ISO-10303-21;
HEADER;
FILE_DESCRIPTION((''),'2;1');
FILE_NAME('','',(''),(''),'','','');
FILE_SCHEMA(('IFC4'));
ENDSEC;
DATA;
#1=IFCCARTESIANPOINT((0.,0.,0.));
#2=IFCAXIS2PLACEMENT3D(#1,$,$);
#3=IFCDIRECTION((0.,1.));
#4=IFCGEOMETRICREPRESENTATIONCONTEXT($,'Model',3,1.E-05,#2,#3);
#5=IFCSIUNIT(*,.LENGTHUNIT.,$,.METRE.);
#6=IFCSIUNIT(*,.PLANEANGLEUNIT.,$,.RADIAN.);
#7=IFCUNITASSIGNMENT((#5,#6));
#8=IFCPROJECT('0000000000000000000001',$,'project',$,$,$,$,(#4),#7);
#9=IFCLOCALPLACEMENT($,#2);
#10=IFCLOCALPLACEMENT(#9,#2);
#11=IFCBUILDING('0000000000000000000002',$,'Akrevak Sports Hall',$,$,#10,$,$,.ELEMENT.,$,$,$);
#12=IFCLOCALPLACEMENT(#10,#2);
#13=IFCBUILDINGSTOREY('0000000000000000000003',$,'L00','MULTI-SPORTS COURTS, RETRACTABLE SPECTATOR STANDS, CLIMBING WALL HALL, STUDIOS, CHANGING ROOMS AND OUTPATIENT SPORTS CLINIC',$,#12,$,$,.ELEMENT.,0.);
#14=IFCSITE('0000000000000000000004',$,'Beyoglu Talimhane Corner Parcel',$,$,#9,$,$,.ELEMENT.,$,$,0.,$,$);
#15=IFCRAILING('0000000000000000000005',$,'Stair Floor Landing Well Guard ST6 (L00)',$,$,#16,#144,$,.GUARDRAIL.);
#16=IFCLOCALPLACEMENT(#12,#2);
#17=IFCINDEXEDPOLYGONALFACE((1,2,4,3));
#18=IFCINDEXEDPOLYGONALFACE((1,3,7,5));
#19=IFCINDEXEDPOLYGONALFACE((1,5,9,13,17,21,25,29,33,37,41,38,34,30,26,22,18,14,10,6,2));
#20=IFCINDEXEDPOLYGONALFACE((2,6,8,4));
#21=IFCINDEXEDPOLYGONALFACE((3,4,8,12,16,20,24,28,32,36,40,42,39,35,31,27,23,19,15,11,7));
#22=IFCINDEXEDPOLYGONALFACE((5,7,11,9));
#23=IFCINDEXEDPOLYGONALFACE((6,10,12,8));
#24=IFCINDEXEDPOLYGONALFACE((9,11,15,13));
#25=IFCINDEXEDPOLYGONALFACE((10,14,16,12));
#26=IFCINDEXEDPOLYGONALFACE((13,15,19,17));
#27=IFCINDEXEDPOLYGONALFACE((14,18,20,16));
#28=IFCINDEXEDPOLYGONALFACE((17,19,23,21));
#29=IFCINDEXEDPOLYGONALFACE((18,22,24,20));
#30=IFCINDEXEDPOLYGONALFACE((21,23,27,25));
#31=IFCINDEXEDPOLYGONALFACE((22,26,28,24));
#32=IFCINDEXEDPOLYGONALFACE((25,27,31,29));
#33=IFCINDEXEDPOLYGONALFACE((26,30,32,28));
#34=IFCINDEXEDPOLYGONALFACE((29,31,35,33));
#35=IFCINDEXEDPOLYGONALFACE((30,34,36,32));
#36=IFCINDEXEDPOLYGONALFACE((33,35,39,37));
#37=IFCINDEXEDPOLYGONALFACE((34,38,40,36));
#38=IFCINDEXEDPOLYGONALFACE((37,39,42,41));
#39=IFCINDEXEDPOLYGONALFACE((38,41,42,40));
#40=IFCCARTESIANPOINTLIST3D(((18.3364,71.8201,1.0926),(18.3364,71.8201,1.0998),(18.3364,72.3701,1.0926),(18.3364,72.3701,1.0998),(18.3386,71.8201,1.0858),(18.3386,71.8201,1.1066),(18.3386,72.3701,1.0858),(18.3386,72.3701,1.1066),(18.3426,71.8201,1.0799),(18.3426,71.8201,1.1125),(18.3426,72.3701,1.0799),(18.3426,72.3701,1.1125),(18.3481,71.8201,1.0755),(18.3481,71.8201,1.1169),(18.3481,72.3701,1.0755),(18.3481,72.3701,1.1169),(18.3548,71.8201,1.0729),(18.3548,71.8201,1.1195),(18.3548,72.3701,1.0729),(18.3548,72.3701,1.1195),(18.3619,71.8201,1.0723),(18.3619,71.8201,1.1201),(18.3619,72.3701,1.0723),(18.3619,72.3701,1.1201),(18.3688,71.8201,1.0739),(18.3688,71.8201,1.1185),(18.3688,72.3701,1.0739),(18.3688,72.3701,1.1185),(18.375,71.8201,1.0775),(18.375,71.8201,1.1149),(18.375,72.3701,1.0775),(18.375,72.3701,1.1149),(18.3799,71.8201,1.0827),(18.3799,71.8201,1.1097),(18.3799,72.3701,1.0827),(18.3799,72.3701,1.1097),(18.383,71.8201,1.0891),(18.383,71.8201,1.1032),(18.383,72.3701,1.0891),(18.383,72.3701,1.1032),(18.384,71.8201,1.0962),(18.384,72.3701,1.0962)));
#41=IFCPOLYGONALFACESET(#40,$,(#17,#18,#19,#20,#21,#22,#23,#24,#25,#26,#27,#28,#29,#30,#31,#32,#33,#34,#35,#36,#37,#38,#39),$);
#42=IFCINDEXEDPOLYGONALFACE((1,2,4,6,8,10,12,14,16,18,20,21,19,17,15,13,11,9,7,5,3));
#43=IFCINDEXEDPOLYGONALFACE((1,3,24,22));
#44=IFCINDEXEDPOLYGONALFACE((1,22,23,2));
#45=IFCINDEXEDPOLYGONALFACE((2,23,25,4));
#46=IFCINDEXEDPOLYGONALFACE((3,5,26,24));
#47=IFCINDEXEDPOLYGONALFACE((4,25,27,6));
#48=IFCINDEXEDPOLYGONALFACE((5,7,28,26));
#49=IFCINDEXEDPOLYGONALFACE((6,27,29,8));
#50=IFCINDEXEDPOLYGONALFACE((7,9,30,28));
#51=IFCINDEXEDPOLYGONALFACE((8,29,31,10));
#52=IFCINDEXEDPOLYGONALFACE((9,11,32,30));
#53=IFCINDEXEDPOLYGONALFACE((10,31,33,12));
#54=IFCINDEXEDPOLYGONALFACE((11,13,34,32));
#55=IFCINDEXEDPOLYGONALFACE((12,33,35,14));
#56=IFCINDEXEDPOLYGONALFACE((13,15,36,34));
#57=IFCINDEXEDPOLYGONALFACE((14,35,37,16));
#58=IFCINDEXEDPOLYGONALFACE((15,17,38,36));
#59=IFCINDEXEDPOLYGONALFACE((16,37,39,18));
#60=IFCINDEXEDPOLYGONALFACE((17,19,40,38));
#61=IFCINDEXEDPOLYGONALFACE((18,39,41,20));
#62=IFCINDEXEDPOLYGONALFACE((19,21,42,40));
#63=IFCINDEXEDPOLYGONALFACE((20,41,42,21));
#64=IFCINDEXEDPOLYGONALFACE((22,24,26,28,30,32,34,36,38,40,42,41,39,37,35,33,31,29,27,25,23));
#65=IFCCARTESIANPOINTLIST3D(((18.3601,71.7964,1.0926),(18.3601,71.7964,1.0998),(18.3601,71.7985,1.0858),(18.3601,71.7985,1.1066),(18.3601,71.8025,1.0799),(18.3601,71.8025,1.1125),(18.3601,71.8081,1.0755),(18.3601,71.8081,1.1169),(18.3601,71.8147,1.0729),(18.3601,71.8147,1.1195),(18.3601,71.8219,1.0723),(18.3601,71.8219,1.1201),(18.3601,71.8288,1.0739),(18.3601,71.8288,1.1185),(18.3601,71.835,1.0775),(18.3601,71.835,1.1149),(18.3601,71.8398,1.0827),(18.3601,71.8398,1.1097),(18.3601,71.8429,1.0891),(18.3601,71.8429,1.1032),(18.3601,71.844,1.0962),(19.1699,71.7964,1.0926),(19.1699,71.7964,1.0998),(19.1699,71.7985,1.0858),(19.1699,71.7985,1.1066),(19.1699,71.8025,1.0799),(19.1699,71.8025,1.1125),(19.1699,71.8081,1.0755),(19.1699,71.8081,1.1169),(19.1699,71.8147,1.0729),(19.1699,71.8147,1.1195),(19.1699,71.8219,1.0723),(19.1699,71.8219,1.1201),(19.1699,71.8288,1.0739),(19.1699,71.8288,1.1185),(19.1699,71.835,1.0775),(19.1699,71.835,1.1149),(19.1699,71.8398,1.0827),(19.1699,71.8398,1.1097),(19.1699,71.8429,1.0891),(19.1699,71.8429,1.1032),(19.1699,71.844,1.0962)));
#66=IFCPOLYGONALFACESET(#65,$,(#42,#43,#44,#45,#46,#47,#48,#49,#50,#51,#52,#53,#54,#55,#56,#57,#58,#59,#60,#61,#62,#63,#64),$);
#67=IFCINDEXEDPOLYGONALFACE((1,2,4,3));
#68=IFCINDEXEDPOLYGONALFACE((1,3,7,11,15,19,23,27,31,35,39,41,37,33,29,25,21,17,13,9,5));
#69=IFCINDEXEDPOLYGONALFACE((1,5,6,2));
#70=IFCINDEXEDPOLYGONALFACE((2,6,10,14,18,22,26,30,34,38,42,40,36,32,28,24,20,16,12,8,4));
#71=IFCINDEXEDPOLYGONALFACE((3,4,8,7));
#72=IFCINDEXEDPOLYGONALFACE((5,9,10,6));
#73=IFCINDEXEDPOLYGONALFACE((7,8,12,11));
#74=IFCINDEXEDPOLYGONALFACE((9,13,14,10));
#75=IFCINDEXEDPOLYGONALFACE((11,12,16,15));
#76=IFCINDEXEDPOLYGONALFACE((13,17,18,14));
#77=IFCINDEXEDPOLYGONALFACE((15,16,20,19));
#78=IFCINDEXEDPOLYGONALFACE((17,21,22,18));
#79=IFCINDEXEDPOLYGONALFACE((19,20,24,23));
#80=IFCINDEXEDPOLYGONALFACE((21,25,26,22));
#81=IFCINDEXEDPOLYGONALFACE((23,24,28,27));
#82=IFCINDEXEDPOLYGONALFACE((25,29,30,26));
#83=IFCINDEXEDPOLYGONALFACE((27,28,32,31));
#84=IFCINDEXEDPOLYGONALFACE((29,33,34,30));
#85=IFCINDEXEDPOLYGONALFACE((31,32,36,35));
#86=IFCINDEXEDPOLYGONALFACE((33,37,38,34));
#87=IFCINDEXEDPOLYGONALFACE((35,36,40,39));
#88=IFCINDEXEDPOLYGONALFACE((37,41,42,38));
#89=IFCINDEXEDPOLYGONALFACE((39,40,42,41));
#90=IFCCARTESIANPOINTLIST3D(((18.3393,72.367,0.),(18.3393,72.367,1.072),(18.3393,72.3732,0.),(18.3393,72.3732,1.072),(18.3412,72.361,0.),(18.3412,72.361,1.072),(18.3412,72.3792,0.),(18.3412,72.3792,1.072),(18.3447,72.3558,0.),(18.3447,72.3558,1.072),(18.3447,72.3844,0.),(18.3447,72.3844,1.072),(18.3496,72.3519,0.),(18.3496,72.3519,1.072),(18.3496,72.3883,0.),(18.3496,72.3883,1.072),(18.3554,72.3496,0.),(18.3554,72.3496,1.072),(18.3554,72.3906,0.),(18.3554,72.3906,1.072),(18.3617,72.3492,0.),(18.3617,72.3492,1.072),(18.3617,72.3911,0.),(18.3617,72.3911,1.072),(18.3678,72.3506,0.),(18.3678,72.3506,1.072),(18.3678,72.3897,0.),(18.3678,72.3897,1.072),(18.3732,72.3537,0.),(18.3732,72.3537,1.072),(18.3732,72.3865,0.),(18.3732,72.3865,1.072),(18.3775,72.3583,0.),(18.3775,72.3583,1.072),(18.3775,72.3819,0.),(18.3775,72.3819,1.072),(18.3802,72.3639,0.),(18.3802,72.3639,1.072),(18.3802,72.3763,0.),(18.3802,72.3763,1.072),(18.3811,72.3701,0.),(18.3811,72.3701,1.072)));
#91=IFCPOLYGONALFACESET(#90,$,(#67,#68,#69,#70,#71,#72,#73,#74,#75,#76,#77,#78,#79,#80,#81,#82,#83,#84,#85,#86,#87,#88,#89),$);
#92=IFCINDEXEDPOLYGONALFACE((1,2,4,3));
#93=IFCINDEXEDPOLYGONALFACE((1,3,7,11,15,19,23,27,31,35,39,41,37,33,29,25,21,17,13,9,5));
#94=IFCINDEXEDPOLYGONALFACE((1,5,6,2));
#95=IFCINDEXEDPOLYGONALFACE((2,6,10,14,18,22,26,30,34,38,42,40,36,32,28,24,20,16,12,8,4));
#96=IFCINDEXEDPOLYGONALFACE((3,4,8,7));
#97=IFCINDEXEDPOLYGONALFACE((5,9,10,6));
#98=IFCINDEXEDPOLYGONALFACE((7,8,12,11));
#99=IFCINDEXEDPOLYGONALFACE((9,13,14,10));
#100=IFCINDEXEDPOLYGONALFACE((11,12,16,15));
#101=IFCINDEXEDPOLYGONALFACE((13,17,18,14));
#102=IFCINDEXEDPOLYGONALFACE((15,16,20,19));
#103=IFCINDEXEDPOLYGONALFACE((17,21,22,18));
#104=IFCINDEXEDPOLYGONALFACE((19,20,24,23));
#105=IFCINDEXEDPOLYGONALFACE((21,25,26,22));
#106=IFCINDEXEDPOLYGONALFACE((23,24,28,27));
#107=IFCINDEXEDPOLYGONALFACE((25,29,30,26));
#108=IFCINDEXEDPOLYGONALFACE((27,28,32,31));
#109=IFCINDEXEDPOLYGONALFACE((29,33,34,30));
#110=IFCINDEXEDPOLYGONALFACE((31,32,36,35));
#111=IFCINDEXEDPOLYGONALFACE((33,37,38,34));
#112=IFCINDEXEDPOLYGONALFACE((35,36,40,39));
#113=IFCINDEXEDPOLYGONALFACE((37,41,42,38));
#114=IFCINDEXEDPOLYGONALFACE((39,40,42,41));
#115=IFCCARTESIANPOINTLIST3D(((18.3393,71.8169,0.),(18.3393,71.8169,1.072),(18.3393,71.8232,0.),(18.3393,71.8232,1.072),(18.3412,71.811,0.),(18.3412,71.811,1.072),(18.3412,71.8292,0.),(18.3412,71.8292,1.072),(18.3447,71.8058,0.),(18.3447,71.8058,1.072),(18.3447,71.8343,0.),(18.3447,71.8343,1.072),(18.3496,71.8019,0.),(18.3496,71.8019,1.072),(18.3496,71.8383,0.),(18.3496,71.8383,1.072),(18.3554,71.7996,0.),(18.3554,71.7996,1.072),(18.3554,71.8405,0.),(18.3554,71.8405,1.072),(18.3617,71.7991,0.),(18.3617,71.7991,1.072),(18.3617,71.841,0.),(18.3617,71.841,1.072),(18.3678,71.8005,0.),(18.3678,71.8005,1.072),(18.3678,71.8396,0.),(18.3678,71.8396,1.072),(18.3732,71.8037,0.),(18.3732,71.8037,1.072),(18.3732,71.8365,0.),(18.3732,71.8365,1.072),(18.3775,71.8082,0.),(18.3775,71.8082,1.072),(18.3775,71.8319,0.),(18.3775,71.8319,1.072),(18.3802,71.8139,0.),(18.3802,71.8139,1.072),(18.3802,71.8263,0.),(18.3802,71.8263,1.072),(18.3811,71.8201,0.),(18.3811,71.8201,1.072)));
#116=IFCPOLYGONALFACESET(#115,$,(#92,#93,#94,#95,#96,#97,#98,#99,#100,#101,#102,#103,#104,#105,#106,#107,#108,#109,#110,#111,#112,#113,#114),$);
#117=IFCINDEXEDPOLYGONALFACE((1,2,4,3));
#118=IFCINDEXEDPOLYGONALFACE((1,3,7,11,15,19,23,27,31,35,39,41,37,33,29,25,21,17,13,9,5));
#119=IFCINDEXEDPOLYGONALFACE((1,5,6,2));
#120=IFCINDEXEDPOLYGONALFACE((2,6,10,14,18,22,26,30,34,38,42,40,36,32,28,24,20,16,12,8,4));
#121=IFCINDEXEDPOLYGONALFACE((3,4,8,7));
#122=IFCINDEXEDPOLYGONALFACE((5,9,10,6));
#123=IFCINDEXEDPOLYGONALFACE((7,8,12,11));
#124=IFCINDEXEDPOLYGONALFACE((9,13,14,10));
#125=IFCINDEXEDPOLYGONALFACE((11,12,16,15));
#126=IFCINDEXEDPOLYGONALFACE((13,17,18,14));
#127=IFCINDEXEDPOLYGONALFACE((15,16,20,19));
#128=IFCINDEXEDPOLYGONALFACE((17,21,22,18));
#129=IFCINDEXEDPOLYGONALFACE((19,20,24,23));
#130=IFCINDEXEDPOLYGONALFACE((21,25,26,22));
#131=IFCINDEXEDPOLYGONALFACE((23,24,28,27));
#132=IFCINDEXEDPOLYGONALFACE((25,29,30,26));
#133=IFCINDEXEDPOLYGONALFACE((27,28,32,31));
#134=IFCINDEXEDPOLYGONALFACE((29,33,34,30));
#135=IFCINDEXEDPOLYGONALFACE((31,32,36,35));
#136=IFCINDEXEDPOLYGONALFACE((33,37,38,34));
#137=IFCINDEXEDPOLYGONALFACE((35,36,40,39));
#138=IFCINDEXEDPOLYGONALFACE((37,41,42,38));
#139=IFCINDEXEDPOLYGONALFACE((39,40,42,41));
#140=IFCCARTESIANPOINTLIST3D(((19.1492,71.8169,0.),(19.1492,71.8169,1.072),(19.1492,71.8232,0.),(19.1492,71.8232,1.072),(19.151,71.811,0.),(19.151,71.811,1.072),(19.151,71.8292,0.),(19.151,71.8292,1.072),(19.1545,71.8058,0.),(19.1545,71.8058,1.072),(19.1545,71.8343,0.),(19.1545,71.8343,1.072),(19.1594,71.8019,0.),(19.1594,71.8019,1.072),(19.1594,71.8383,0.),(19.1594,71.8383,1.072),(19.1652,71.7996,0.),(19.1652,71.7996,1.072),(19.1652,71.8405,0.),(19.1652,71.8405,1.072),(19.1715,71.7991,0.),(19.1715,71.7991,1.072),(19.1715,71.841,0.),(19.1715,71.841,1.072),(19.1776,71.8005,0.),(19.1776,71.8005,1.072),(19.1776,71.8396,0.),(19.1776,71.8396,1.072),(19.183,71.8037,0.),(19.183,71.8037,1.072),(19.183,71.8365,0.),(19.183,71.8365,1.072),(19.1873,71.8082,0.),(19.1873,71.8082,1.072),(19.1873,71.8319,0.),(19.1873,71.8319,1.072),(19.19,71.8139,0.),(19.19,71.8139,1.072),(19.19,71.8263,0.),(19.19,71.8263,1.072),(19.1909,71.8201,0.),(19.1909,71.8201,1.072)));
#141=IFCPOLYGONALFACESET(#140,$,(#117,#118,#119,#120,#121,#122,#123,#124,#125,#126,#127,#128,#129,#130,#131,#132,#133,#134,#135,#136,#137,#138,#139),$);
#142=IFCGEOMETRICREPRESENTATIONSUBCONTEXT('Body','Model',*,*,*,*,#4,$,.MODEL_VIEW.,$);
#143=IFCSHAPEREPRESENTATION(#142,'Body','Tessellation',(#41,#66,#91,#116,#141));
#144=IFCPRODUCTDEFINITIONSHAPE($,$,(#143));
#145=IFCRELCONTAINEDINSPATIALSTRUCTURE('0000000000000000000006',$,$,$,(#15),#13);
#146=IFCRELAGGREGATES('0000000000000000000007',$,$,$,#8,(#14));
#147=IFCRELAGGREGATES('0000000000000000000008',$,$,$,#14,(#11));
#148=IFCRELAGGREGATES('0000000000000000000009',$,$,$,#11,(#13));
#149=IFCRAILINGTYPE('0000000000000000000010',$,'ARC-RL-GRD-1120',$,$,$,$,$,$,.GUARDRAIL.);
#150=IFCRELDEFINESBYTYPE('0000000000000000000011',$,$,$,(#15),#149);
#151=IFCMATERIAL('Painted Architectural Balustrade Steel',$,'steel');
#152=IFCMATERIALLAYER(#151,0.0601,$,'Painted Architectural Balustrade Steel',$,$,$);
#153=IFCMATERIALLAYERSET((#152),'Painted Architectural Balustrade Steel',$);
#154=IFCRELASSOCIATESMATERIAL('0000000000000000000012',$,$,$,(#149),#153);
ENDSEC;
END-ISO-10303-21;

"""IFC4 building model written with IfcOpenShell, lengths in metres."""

from ifc_helpers import new_model, si_unit, direction, frame, origin, origin_2d, place, context, subcontext, project, spatial, circle, extrude, material, layer, layer_set, type_object, element, save


model = new_model("IFC4")

# Units and contexts
model_context = context("Model", 3, precision=1e-05, world=origin(), true_north=direction((0.0, 1.0)))
body_context = subcontext(model_context, "Body", "Model", "MODEL_VIEW")
ifc_project = project(units=[si_unit("LENGTHUNIT", "METRE"), si_unit("PLANEANGLEUNIT", "RADIAN")], contexts=[model_context])

# Site, building, storey
site_placement = place(None, origin())
site = spatial("IfcSite", under=ifc_project, at=site_placement, Name="Beyoglu Talimhane Corner Parcel", CompositionType="ELEMENT", RefElevation=0.0)
building_placement = place(site_placement, origin())
building = spatial("IfcBuilding", under=site, at=building_placement, Name="Akrevak Sports Hall", CompositionType="ELEMENT")
storey_placement = place(building_placement, origin())
storey = spatial("IfcBuildingStorey", under=building, at=storey_placement, Name="L00", Description="MULTI-SPORTS COURTS, RETRACTABLE SPECTATOR STANDS, CLIMBING WALL HALL, STUDIOS, CHANGING ROOMS AND OUTPATIENT SPORTS CLINIC", CompositionType="ELEMENT", Elevation=0.0)

# Railing
ifc_material_1 = material(Name="Painted Architectural Balustrade Steel", Category="steel")
ifc_layer_1 = layer(ifc_material_1, 0.0601, Name="Painted Architectural Balustrade Steel")
ifc_layer_set_1 = layer_set([ifc_layer_1], Name="Painted Architectural Balustrade Steel")
railing_type_1 = type_object("IfcRailingType", Name="ARC-RL-GRD-1120", PredefinedType="GUARDRAIL", material=ifc_layer_set_1)
railing_1_placement = place(storey_placement, frame((18.3601, 72.3701, 0.0)))
element("IfcRailing", 1, at=railing_1_placement, inside=storey, type_object=railing_type_1, Name="Stair Floor Landing Well Guard ST6 (L00)", PredefinedType="GUARDRAIL", context=body_context, shape_type="SweptSolid", body=[
    extrude(circle(Radius=0.0239, at=origin_2d()), frame((0.0, 0.0, 1.0962), z_axis=(0.0, -1.0, 0.0), x_axis=(1.0, 0.0, 0.0)), (0.0, 0.0, 1.0), 0.55),
    extrude(circle(Radius=0.0239, at=origin_2d()), frame((0.0, -0.55, 1.0962), z_axis=(1.0, 0.0, 0.0), x_axis=(0.0, 1.0, 0.0)), (0.0, 0.0, 1.0), 0.8098),
    extrude(circle(Radius=0.021, at=origin_2d()), origin(), (0.0, 0.0, 1.0), 1.072),
    extrude(circle(Radius=0.021, at=origin_2d()), frame((0.0, -0.55, 0.0)), (0.0, 0.0, 1.0), 1.072),
    extrude(circle(Radius=0.021, at=origin_2d()), frame((0.8098, -0.55, 0.0)), (0.0, 0.0, 1.0), 1.072),
])

save(model, "model.ifc")
